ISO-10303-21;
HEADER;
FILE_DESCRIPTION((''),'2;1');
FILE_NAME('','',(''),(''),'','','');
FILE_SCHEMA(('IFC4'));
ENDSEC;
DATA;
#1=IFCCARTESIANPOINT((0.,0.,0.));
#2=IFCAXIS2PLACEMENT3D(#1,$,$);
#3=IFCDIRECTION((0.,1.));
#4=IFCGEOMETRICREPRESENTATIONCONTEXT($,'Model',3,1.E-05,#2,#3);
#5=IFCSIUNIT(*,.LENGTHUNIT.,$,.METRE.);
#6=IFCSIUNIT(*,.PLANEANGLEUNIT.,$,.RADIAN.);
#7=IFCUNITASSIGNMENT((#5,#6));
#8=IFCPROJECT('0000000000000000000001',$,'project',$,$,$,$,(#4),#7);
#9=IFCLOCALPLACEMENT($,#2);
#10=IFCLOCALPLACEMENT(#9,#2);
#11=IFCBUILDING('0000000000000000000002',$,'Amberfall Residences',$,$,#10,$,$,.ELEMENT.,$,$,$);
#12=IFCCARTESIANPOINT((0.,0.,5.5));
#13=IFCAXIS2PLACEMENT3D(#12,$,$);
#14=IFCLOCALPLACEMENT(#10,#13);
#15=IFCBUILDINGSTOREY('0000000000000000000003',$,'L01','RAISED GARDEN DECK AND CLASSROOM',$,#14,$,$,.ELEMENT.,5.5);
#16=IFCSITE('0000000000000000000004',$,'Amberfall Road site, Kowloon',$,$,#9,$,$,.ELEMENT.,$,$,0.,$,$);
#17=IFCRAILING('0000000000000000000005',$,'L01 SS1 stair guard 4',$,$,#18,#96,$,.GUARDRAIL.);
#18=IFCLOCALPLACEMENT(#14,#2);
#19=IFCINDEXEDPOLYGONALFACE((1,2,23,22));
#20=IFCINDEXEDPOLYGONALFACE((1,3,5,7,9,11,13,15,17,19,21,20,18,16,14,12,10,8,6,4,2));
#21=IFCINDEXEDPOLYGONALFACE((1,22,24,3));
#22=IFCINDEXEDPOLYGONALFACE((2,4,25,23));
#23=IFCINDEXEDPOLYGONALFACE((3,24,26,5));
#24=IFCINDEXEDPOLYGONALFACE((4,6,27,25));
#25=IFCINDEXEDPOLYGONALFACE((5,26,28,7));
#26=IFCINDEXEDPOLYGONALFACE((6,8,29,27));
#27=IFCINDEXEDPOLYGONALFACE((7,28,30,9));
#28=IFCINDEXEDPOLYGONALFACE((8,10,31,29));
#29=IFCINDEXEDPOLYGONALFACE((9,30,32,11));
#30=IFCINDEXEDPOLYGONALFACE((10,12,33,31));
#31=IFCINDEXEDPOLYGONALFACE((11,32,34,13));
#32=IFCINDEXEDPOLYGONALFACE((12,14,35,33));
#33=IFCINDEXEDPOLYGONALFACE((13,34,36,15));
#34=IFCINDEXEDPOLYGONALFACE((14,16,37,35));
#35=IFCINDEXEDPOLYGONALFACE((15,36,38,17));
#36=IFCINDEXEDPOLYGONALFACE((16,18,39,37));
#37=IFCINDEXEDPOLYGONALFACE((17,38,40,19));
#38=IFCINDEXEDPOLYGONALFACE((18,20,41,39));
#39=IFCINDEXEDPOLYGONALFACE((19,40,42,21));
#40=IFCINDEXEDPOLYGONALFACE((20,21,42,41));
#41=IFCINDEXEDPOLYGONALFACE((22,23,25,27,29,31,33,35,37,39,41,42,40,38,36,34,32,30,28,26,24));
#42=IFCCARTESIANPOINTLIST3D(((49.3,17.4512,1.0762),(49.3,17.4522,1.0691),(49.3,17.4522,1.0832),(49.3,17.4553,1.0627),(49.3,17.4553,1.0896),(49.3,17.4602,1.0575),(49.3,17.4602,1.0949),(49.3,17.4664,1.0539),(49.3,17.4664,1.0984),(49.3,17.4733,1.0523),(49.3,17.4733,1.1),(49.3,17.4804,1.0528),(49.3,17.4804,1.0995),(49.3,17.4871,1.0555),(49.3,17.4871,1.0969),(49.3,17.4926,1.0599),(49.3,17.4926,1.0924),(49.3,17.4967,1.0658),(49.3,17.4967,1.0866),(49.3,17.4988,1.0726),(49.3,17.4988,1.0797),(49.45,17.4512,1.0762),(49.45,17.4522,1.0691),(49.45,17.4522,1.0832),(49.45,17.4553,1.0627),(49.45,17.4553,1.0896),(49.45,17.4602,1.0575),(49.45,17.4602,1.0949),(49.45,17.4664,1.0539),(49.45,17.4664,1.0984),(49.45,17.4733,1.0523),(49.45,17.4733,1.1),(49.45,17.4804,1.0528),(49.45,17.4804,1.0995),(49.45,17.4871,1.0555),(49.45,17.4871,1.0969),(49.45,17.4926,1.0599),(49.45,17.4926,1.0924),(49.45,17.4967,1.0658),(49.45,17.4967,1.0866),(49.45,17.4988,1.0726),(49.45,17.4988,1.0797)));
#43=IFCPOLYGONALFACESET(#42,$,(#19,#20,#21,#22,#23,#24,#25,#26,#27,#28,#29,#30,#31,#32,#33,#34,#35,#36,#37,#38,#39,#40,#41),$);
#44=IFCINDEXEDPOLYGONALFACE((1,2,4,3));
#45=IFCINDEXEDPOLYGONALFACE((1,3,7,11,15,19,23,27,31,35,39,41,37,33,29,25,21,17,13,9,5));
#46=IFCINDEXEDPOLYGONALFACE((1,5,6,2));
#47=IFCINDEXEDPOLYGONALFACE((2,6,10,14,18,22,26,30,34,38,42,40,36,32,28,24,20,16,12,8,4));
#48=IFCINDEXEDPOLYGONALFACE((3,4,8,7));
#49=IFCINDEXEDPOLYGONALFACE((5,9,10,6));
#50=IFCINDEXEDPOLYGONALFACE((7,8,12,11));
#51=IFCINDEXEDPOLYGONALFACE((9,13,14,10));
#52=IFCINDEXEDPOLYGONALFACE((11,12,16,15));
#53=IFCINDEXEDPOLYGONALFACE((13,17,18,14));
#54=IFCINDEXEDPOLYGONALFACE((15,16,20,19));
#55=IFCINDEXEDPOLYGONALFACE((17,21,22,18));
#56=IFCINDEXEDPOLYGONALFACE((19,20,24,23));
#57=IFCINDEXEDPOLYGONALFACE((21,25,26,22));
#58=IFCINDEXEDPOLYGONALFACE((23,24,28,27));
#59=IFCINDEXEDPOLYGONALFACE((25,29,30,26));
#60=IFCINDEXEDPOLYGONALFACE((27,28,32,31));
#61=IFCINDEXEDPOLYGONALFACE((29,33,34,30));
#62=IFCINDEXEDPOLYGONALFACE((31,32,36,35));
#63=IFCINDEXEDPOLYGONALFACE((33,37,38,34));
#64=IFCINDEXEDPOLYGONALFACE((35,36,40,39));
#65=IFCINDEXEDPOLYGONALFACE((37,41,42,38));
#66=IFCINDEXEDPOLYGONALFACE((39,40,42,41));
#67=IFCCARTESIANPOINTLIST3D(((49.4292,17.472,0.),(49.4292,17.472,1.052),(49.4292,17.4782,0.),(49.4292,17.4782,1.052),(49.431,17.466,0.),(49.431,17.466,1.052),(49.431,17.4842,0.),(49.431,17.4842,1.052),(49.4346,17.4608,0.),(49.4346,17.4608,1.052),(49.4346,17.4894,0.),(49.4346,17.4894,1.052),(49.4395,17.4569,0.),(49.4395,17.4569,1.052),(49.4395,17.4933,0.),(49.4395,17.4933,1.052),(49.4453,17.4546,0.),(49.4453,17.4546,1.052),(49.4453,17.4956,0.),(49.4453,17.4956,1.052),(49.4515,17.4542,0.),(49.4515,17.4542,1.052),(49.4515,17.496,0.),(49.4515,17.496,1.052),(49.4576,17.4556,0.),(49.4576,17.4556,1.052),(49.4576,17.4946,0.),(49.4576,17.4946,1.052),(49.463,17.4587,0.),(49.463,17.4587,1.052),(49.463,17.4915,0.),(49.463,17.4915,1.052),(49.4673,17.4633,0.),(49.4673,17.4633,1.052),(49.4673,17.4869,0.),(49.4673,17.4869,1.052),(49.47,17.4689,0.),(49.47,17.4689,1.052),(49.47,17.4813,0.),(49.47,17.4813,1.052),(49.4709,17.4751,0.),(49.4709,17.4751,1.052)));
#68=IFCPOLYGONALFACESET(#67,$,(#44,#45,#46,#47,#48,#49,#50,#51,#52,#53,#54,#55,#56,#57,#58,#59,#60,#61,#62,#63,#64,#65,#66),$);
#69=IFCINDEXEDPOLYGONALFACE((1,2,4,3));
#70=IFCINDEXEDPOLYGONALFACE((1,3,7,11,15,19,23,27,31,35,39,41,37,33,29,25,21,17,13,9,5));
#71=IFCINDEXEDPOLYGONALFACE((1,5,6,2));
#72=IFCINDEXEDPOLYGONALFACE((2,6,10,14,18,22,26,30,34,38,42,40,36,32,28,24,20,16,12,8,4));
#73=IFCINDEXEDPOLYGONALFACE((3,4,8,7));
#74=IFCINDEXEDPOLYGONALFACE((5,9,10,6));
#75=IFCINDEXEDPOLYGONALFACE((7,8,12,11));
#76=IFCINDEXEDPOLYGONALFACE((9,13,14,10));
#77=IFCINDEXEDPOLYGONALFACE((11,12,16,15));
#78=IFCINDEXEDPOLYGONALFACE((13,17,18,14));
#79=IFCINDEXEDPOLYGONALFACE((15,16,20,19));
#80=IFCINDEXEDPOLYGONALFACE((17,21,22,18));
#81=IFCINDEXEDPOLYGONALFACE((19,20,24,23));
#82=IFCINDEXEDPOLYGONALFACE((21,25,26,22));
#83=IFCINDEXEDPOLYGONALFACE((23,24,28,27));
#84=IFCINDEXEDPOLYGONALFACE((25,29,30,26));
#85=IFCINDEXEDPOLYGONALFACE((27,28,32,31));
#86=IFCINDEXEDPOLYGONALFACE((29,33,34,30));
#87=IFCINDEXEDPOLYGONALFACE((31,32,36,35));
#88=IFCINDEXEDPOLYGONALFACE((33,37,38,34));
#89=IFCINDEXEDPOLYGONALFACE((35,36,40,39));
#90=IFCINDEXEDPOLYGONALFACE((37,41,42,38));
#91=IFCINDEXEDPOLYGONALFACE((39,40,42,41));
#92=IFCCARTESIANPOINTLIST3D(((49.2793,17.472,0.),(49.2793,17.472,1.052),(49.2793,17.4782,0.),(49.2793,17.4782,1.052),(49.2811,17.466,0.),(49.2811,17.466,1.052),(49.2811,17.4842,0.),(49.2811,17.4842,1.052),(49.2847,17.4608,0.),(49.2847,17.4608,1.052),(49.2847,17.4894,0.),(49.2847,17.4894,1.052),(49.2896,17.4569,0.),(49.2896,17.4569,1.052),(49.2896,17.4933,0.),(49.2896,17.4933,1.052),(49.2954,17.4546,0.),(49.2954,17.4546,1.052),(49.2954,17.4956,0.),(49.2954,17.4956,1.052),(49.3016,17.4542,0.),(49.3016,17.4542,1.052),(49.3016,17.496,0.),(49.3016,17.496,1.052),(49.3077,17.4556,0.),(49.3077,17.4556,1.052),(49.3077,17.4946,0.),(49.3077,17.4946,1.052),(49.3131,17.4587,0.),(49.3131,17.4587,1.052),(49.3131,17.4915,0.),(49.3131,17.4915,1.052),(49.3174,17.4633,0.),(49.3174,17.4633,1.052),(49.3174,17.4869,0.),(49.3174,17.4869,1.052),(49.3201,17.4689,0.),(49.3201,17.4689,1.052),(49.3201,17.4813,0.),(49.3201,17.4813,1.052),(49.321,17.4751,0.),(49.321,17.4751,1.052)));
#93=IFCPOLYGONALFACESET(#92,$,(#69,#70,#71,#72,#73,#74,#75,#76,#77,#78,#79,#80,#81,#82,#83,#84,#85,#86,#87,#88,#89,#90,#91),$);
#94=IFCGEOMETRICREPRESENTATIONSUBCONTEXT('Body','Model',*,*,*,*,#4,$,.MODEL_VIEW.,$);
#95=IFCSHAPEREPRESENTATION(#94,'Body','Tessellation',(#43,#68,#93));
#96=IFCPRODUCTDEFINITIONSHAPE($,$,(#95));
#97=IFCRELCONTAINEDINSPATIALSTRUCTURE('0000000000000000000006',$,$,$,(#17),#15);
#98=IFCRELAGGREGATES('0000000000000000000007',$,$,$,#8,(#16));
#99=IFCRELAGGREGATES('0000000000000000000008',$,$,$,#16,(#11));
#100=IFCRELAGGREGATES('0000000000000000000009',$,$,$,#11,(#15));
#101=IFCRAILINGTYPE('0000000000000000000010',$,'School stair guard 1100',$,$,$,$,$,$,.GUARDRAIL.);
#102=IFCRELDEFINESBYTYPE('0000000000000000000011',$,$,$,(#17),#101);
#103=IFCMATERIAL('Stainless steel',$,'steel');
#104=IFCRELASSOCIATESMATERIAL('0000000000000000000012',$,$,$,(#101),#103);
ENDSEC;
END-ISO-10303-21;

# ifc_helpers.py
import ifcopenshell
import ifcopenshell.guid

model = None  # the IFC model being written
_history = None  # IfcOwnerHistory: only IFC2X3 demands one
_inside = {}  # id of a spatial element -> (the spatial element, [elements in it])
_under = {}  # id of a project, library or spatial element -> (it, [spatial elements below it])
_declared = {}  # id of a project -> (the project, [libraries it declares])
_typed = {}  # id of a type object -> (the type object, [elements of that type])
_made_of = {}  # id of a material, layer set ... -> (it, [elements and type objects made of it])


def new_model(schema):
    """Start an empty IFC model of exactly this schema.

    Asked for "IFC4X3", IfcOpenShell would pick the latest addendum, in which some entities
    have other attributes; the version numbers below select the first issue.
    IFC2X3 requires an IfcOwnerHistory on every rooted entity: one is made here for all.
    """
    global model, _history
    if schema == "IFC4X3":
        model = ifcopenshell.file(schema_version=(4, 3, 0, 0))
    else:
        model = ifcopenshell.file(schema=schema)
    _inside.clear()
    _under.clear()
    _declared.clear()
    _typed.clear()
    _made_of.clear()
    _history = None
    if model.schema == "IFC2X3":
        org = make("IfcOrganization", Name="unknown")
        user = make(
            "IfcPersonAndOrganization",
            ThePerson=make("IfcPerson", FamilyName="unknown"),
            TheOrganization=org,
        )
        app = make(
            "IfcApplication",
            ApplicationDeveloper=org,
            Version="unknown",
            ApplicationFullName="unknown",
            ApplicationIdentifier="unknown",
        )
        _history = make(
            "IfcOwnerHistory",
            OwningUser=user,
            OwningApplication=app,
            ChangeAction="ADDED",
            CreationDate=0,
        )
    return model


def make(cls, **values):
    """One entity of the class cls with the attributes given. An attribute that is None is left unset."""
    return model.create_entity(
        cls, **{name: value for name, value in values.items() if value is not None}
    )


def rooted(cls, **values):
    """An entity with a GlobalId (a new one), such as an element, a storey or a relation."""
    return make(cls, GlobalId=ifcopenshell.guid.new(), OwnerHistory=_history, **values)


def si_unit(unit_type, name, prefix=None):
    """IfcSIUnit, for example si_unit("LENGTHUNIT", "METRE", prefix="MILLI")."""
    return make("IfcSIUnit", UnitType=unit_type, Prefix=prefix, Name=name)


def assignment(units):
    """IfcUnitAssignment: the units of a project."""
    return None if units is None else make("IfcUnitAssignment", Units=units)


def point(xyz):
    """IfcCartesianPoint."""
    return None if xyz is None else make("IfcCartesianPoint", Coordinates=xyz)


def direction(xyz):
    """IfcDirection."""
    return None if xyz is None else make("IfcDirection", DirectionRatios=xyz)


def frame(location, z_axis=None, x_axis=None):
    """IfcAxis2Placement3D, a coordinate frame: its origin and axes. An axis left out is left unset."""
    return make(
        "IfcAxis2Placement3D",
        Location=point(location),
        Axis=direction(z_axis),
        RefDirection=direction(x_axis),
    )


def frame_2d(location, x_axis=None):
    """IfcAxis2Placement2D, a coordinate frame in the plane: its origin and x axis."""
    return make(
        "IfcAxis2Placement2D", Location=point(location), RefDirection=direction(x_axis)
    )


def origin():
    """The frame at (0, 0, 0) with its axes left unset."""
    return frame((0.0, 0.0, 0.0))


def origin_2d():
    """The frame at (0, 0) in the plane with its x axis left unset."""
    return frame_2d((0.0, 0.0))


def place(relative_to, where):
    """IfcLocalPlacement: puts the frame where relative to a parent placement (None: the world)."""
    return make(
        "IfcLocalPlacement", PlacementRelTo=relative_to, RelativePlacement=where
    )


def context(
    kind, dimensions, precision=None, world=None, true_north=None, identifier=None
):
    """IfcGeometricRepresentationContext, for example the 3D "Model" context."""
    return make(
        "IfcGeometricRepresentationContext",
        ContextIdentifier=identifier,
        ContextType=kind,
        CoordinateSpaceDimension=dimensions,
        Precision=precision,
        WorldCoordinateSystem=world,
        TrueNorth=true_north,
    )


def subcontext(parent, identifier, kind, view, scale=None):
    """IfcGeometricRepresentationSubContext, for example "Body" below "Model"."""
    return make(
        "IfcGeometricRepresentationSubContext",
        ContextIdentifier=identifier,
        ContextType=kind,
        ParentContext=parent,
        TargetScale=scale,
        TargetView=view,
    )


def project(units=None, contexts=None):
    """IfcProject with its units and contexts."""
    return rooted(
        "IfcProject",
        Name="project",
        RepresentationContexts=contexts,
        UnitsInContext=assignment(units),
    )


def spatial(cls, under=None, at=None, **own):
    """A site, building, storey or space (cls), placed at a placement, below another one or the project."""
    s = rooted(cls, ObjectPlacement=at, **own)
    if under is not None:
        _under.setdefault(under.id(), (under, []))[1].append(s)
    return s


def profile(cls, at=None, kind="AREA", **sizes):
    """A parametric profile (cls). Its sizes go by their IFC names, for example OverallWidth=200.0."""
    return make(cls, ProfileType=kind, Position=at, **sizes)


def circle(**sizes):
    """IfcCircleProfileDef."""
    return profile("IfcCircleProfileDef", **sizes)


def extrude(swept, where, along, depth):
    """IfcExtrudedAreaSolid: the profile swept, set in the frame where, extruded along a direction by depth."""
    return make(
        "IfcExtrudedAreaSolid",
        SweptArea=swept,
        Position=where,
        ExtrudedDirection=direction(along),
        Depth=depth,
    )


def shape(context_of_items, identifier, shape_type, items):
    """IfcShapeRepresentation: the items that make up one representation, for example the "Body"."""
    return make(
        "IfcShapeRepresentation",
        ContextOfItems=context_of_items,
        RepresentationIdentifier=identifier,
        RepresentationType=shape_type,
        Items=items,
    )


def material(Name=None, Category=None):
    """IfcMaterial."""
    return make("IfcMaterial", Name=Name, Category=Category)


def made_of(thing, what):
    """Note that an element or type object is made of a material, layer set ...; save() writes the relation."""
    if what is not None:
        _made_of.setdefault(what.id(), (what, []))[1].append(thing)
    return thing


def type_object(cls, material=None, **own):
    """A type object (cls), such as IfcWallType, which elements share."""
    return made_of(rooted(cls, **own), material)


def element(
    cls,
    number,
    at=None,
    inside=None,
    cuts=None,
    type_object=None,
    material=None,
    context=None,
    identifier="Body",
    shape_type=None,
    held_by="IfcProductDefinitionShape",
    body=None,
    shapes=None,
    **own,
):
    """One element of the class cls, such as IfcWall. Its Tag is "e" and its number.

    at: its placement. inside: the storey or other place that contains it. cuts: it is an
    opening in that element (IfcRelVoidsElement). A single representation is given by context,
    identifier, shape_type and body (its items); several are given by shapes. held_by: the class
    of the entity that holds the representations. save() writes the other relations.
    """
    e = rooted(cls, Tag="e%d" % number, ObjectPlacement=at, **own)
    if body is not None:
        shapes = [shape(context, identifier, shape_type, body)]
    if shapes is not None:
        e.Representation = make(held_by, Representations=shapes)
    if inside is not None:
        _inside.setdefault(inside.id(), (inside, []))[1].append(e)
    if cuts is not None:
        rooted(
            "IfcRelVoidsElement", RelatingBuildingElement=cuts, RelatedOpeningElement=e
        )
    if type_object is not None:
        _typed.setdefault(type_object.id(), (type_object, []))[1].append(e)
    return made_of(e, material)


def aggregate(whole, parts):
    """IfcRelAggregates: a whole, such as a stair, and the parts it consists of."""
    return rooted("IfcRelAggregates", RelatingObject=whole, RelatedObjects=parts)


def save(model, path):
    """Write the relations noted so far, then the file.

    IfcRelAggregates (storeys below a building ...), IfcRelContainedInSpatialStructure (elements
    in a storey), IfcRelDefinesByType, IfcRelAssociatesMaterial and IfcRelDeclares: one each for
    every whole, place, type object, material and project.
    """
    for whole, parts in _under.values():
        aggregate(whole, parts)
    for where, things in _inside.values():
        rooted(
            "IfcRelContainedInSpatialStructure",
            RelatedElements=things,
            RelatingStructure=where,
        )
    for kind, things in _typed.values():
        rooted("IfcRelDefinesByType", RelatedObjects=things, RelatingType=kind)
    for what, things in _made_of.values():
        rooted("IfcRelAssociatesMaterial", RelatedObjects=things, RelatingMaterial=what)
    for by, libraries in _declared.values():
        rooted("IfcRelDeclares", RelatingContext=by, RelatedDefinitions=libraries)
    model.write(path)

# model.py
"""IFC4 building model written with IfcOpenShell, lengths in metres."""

from ifc_helpers import new_model, si_unit, direction, frame, origin, origin_2d, place, context, subcontext, project, spatial, circle, extrude, material, type_object, element, save


model = new_model("IFC4")

# Units and contexts
model_context = context("Model", 3, precision=1e-05, world=origin(), true_north=direction((0.0, 1.0)))
body_context = subcontext(model_context, "Body", "Model", "MODEL_VIEW")
ifc_project = project(units=[si_unit("LENGTHUNIT", "METRE"), si_unit("PLANEANGLEUNIT", "RADIAN")], contexts=[model_context])

# Site, building, storey
site_placement = place(None, origin())
site = spatial("IfcSite", under=ifc_project, at=site_placement, Name="Amberfall Road site, Kowloon", CompositionType="ELEMENT", RefElevation=0.0)
building_placement = place(site_placement, origin())
building = spatial("IfcBuilding", under=site, at=building_placement, Name="Amberfall Residences", CompositionType="ELEMENT")
storey_placement = place(building_placement, frame((0.0, 0.0, 5.5)))
storey = spatial("IfcBuildingStorey", under=building, at=storey_placement, Name="L01", Description="RAISED GARDEN DECK AND CLASSROOM", CompositionType="ELEMENT", Elevation=5.5)

# Railing
ifc_material_1 = material(Name="Stainless steel", Category="steel")
railing_type_1 = type_object("IfcRailingType", Name="School stair guard 1100", PredefinedType="GUARDRAIL", material=ifc_material_1)
railing_1_placement = place(storey_placement, frame((49.45, 17.4751, 0.0)))
element("IfcRailing", 1, at=railing_1_placement, inside=storey, type_object=railing_type_1, Name="L01 SS1 stair guard 4", PredefinedType="GUARDRAIL", context=body_context, shape_type="SweptSolid", body=[
    extrude(circle(Radius=0.0239, at=origin_2d()), frame((0.0, 0.0, 1.0762), z_axis=(-1.0, 0.0, 0.0), x_axis=(0.0, -1.0, 0.0)), (0.0, 0.0, 1.0), 0.1499),
    extrude(circle(Radius=0.021, at=origin_2d()), origin(), (0.0, 0.0, 1.0), 1.052),
    extrude(circle(Radius=0.021, at=origin_2d()), frame((-0.1499, 0.0, 0.0)), (0.0, 0.0, 1.0), 1.052),
])

save(model, "model.ifc")
